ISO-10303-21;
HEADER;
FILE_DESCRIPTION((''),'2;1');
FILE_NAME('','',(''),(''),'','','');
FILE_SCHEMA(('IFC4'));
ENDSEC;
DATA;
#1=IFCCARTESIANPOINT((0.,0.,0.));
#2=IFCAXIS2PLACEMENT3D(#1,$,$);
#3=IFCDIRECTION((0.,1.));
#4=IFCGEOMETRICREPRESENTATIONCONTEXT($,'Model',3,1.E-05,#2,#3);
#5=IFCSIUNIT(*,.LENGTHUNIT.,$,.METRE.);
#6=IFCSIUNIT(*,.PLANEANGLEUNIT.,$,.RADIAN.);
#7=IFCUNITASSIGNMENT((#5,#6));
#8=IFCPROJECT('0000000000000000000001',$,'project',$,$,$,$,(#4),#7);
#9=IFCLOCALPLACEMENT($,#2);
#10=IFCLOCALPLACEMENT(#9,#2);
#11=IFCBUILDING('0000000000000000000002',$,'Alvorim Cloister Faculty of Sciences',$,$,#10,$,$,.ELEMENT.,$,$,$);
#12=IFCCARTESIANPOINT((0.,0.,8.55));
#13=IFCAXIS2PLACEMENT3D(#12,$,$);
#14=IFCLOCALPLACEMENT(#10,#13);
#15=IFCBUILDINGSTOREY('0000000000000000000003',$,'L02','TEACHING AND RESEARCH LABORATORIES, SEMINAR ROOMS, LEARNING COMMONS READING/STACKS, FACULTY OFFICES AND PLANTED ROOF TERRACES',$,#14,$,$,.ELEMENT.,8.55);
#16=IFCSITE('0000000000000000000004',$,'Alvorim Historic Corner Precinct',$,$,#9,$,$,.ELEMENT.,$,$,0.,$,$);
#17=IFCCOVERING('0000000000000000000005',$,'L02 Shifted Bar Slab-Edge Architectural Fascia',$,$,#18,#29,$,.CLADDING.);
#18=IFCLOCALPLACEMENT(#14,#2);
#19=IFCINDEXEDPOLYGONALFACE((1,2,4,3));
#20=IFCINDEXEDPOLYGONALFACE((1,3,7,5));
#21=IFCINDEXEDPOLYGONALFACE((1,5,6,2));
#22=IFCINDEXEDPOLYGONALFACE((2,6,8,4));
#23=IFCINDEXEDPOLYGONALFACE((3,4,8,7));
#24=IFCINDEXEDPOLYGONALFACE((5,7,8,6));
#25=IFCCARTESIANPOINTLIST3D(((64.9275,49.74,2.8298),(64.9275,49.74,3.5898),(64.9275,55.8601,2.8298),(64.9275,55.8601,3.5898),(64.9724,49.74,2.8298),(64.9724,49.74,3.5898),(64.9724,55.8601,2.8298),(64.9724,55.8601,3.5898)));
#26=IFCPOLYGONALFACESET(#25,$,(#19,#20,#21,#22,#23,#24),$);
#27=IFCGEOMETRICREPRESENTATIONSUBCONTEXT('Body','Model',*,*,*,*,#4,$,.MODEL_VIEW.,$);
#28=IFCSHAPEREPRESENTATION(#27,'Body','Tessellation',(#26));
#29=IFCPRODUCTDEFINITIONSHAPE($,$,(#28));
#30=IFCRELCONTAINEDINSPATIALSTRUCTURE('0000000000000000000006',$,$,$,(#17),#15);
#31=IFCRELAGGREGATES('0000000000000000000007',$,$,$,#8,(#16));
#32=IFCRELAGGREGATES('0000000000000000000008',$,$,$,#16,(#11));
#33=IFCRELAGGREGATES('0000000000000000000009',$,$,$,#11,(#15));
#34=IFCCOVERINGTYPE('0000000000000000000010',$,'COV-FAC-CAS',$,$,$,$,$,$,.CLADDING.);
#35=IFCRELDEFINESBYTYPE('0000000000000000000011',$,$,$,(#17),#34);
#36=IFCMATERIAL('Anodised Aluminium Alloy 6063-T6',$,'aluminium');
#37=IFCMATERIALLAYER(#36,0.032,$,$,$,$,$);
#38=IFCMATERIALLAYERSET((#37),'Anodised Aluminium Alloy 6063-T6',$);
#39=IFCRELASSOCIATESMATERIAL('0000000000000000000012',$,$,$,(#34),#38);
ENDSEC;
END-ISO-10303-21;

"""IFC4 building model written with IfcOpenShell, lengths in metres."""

from ifc_helpers import new_model, si_unit, direction, frame, origin, place, context, subcontext, project, spatial, polyline, outline, extrude, material, layer, layer_set, type_object, element, save


model = new_model("IFC4")

# Units and contexts
model_context = context("Model", 3, precision=1e-05, world=origin(), true_north=direction((0.0, 1.0)))
body_context = subcontext(model_context, "Body", "Model", "MODEL_VIEW")
ifc_project = project(units=[si_unit("LENGTHUNIT", "METRE"), si_unit("PLANEANGLEUNIT", "RADIAN")], contexts=[model_context])

# Site, building, storey
site_placement = place(None, origin())
site = spatial("IfcSite", under=ifc_project, at=site_placement, Name="Alvorim Historic Corner Precinct", CompositionType="ELEMENT", RefElevation=0.0)
building_placement = place(site_placement, origin())
building = spatial("IfcBuilding", under=site, at=building_placement, Name="Alvorim Cloister Faculty of Sciences", CompositionType="ELEMENT")
storey_placement = place(building_placement, frame((0.0, 0.0, 8.55)))
storey = spatial("IfcBuildingStorey", under=building, at=storey_placement, Name="L02", Description="TEACHING AND RESEARCH LABORATORIES, SEMINAR ROOMS, LEARNING COMMONS READING/STACKS, FACULTY OFFICES AND PLANTED ROOF TERRACES", CompositionType="ELEMENT", Elevation=8.55)

# Covering
ifc_material_1 = material(Name="Anodised Aluminium Alloy 6063-T6", Category="aluminium")
ifc_layer_1 = layer(ifc_material_1, 0.032)
ifc_layer_set_1 = layer_set([ifc_layer_1], Name="Anodised Aluminium Alloy 6063-T6")
covering_type = type_object("IfcCoveringType", Name="COV-FAC-CAS", PredefinedType="CLADDING", material=ifc_layer_set_1)
covering_placement = place(storey_placement, frame((64.95, 49.74, 2.8298), z_axis=(0.0, 0.0, 1.0), x_axis=(0.0, 1.0, 0.0)))
element("IfcCovering", 1, at=covering_placement, inside=storey, type_object=covering_type, Name="L02 Shifted Bar Slab-Edge Architectural Fascia", PredefinedType="CLADDING", context=body_context, shape_type="SweptSolid", body=[
    extrude(outline(polyline([(0.0, 0.0), (6.1201, 0.0), (6.1201, 0.76), (0.0, 0.76), (0.0, 0.0)])), frame((0.0, 0.0225, 0.0), z_axis=(0.0, -1.0, 0.0), x_axis=(1.0, 0.0, 0.0)), (0.0, 0.0, 1.0), 0.0449),
])

save(model, "model.ifc")
